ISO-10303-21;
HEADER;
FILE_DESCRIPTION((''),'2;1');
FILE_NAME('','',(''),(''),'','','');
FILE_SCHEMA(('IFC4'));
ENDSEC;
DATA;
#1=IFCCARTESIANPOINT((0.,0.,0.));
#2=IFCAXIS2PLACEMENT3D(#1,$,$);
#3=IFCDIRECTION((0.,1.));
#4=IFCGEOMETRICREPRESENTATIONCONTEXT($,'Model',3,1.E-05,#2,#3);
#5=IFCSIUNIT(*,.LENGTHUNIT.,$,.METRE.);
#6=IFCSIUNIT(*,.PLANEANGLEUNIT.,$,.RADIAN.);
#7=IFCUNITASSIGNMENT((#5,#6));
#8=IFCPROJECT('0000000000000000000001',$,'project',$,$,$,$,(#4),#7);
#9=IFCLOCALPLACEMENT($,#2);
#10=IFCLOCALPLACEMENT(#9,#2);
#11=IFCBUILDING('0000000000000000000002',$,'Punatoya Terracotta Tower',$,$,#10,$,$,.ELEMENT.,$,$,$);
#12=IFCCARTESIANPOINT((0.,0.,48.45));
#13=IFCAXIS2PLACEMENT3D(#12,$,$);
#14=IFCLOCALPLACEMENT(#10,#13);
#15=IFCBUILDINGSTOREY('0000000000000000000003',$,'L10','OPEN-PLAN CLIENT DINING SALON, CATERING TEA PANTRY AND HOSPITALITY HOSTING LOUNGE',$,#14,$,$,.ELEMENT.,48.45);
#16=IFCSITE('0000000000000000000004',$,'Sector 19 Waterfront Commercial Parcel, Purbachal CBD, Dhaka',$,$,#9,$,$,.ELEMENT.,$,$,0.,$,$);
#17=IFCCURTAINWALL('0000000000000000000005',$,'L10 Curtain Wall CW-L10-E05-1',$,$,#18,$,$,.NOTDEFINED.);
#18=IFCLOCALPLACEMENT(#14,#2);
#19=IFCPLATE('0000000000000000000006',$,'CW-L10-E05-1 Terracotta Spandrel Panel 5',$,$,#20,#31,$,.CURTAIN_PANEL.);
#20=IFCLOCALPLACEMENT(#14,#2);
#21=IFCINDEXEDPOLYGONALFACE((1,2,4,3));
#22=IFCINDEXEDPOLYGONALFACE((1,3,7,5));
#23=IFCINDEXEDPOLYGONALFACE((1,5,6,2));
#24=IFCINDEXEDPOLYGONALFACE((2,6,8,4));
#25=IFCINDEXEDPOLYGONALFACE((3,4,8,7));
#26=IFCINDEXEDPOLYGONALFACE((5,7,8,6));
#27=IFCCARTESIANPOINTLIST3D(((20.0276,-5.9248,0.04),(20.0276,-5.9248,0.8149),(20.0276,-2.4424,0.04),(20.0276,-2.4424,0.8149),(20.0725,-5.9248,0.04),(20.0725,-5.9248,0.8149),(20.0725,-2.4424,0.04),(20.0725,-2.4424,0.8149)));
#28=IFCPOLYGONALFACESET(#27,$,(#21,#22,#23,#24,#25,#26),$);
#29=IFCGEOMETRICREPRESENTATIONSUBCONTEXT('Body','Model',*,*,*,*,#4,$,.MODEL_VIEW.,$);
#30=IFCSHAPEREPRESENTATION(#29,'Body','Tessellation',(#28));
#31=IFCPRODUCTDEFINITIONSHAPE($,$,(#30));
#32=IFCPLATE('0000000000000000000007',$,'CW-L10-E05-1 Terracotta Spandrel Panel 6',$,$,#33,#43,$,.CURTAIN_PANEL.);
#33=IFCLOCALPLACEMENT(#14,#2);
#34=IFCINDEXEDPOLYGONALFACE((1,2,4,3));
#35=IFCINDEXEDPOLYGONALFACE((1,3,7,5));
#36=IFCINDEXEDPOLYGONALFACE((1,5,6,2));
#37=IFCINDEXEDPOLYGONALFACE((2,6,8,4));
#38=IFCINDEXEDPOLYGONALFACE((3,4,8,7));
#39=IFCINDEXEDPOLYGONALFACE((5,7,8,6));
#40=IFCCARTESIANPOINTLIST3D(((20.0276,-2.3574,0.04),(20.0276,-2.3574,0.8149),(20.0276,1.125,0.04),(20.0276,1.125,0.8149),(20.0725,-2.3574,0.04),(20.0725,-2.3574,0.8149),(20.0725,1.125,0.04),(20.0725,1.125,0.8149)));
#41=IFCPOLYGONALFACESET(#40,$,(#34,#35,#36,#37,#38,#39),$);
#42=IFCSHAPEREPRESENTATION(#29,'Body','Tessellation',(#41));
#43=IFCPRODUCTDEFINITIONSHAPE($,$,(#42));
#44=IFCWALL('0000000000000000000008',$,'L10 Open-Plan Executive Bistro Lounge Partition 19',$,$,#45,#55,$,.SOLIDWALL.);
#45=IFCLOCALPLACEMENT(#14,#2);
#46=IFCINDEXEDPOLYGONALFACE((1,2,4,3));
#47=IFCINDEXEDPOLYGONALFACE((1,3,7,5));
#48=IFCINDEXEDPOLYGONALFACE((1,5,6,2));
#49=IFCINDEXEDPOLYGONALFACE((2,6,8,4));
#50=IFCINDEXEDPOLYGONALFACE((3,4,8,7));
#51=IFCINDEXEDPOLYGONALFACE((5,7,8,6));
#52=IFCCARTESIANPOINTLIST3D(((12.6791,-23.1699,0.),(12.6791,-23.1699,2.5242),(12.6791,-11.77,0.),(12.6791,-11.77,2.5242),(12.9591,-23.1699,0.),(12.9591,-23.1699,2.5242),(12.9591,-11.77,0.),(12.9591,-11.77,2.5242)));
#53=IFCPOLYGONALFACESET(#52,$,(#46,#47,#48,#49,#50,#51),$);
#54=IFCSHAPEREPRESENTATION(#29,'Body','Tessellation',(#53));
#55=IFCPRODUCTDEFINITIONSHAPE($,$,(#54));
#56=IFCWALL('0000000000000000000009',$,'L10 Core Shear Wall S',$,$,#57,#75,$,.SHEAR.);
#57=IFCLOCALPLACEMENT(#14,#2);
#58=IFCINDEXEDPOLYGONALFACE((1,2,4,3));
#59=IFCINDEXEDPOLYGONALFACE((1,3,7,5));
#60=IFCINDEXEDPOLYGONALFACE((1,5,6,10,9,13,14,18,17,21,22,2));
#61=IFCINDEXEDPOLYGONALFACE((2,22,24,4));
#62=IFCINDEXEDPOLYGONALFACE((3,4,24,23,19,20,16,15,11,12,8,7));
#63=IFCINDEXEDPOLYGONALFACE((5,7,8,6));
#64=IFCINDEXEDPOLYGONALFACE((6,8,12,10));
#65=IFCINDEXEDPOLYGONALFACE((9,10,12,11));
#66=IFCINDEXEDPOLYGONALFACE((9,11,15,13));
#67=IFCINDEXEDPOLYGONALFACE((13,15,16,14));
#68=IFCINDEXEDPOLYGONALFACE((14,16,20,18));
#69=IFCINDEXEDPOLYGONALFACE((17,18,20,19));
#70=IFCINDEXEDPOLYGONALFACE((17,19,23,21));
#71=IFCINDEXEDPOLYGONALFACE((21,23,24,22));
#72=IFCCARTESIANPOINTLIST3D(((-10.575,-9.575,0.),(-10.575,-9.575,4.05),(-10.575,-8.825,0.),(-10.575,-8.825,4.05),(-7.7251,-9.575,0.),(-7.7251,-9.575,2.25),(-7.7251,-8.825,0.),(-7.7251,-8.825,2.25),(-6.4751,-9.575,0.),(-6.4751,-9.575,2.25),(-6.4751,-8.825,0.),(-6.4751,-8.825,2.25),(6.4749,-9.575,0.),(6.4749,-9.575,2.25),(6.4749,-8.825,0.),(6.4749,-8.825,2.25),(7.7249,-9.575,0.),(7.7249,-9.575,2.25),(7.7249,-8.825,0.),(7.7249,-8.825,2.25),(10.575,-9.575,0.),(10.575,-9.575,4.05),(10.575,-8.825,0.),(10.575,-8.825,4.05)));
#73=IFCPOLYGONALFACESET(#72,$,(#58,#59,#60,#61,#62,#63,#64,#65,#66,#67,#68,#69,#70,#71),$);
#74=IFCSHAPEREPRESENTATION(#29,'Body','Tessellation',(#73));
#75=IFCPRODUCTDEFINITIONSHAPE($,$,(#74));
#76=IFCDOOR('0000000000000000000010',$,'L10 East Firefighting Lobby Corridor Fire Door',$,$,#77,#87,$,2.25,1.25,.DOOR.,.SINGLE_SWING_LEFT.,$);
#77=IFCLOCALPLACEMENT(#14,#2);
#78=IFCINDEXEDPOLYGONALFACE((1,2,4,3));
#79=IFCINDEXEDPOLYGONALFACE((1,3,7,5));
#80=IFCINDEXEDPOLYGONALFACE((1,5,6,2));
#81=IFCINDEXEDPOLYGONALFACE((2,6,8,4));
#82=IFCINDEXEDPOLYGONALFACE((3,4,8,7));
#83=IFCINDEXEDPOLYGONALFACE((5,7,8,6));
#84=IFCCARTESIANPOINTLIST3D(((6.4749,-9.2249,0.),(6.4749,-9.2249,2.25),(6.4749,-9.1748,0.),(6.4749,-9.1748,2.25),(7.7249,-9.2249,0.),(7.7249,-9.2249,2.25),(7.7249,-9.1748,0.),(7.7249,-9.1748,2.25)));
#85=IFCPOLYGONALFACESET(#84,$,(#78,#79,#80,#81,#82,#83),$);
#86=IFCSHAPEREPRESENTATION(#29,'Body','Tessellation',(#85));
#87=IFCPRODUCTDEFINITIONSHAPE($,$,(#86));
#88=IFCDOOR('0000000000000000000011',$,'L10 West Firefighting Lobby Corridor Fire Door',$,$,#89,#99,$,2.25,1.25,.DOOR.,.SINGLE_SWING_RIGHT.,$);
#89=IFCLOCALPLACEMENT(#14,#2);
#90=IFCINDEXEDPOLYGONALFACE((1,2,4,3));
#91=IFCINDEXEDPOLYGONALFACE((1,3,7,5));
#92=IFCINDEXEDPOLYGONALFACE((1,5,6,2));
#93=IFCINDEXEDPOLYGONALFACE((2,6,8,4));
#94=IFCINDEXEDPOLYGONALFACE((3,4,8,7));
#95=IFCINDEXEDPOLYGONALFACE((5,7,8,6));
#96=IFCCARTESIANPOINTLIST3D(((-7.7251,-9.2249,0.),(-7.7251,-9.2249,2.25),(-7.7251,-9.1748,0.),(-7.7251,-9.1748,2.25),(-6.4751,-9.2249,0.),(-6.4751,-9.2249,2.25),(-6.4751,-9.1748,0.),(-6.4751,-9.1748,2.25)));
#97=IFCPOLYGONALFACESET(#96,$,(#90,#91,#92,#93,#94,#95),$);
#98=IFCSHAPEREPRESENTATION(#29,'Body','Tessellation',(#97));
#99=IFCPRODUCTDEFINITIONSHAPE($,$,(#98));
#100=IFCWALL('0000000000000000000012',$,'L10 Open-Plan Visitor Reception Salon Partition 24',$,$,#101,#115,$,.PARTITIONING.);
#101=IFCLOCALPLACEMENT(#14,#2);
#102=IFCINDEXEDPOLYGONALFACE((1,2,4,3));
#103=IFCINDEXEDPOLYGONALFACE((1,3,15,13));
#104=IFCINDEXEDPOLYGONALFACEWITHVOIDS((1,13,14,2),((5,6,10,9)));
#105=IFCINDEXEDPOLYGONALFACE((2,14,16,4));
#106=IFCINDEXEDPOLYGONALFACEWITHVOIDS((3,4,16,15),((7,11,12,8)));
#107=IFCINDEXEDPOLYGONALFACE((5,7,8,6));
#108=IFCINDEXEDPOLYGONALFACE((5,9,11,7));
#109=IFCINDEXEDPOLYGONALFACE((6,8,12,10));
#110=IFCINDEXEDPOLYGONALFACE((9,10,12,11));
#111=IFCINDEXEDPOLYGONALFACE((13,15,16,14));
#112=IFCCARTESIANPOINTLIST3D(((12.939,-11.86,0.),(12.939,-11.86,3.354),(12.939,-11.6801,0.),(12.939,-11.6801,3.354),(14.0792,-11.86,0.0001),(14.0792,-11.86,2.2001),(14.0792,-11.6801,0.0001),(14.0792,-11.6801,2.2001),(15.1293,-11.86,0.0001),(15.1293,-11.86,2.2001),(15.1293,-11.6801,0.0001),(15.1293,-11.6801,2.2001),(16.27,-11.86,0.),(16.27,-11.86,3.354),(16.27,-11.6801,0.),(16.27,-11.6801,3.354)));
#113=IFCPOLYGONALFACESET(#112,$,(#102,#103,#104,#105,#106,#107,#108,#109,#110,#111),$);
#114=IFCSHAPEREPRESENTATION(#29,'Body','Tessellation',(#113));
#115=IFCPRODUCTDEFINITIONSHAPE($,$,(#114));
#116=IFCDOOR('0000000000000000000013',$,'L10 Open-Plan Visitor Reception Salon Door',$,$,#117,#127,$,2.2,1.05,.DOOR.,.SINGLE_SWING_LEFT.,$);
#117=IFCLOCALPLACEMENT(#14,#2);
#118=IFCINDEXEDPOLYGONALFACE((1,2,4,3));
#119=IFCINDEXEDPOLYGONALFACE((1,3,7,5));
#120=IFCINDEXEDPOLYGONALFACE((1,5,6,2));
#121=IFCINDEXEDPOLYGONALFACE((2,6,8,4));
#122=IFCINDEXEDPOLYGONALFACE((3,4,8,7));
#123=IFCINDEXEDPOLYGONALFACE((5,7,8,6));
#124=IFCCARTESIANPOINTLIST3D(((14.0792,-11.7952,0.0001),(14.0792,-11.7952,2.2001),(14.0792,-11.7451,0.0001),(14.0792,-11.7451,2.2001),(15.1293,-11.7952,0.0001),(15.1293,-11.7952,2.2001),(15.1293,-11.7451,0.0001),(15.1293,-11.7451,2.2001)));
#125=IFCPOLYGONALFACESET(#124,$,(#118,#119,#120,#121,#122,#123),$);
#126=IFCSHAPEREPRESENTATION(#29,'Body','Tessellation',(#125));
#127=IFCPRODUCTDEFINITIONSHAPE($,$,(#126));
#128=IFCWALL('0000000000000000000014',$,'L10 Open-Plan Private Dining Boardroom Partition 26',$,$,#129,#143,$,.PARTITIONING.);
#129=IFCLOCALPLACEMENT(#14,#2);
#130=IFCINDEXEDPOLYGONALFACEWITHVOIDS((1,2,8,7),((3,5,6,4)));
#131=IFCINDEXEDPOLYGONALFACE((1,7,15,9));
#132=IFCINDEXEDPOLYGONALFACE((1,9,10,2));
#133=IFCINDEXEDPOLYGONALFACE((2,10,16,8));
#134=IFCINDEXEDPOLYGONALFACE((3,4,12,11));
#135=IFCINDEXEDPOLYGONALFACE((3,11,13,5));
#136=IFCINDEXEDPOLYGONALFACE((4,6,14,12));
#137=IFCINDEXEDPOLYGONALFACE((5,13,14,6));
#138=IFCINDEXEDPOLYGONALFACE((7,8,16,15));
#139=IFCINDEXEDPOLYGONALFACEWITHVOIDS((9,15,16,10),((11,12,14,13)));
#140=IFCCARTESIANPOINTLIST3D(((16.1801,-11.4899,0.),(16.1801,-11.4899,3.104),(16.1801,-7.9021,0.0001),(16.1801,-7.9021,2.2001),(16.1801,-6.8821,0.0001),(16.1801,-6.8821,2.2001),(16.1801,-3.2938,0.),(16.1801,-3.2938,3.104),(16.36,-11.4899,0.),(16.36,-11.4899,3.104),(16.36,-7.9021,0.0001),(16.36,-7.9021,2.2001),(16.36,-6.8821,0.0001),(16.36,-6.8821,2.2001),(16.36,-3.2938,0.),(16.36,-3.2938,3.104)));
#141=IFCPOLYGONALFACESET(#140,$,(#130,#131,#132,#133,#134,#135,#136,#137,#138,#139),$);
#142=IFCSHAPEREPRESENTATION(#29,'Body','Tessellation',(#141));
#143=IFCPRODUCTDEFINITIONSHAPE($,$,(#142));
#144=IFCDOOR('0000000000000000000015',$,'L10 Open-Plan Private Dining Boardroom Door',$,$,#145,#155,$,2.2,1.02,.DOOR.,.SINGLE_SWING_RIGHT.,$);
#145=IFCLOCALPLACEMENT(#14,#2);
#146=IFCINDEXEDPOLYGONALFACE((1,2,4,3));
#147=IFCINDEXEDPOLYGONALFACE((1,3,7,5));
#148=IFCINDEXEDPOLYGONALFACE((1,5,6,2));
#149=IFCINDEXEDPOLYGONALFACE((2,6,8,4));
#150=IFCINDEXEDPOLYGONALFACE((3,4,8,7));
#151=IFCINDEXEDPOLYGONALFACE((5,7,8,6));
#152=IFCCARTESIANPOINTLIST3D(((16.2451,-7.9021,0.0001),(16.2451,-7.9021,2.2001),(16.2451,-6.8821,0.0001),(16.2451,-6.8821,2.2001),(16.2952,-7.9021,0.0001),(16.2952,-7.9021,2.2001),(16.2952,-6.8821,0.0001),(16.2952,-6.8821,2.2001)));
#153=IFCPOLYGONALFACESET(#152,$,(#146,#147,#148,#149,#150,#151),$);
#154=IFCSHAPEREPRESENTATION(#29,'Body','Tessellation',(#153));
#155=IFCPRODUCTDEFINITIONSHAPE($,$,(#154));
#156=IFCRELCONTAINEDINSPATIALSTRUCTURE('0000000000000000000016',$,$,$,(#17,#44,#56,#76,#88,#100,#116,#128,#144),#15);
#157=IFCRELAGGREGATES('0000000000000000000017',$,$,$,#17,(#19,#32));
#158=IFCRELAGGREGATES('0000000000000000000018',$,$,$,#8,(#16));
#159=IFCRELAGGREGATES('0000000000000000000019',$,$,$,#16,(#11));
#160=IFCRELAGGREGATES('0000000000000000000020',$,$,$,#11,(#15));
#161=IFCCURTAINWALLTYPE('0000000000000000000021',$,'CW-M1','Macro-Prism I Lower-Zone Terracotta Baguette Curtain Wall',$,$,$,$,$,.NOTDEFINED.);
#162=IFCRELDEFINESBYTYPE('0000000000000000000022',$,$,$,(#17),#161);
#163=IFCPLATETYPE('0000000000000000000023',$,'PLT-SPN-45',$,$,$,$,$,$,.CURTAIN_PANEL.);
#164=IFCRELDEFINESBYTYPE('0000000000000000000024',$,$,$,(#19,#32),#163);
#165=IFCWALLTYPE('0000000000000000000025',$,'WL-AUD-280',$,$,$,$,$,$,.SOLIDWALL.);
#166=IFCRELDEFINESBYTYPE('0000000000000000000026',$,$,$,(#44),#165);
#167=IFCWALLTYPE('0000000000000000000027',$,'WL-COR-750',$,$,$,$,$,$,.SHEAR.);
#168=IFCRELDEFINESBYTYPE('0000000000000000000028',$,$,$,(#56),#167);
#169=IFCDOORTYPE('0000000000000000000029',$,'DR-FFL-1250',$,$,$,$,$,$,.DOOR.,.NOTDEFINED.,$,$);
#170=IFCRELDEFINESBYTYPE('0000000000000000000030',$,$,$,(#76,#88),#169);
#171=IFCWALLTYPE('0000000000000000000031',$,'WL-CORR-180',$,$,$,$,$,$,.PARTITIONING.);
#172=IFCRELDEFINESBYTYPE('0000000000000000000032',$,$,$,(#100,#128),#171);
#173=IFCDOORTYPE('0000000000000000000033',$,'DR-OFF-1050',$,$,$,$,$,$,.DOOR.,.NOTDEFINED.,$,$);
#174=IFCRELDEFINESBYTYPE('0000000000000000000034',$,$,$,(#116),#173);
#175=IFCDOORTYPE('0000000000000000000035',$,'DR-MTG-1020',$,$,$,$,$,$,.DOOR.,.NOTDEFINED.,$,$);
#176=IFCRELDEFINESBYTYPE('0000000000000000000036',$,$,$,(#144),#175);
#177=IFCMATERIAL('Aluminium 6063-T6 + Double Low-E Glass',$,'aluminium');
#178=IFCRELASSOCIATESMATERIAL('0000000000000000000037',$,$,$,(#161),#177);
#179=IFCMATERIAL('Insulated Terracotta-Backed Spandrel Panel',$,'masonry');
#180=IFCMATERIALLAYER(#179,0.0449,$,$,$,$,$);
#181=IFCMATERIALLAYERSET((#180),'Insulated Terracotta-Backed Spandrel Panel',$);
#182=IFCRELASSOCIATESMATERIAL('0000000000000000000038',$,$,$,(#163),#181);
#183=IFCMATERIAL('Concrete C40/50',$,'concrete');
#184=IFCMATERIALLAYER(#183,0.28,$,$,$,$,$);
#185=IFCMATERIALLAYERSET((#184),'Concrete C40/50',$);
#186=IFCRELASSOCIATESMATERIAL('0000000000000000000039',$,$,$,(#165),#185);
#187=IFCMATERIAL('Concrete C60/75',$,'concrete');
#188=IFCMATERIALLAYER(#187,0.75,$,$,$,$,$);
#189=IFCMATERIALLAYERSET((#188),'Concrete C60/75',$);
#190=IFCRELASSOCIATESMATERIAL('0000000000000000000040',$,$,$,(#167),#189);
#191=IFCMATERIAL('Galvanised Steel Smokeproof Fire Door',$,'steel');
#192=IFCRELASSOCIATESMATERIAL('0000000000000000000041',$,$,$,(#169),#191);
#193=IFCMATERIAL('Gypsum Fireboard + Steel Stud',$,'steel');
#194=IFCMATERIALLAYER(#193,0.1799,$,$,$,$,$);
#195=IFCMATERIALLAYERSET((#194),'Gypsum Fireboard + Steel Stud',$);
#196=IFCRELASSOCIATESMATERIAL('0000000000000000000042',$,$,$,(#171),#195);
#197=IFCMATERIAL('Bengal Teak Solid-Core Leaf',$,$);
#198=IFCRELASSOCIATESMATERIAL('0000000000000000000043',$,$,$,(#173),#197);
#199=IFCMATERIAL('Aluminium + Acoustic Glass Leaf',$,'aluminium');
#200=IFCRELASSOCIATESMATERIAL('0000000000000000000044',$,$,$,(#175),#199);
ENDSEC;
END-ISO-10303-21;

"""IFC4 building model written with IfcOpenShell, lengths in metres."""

from ifc_helpers import new_model, si_unit, direction, frame, frame_2d, origin, origin_2d, place, context, subcontext, project, spatial, rectangle, extrude, material, layer, layer_set, type_object, element, fill, aggregate, save


model = new_model("IFC4")

# Units and contexts
model_context = context("Model", 3, precision=1e-05, world=origin(), true_north=direction((0.0, 1.0)))
body_context = subcontext(model_context, "Body", "Model", "MODEL_VIEW")
ifc_project = project(units=[si_unit("LENGTHUNIT", "METRE"), si_unit("PLANEANGLEUNIT", "RADIAN")], contexts=[model_context])

# Site, building, storey
site_placement = place(None, origin())
site = spatial("IfcSite", under=ifc_project, at=site_placement, Name="Sector 19 Waterfront Commercial Parcel, Purbachal CBD, Dhaka", CompositionType="ELEMENT", RefElevation=0.0)
building_placement = place(site_placement, origin())
building = spatial("IfcBuilding", under=site, at=building_placement, Name="Punatoya Terracotta Tower", CompositionType="ELEMENT")
storey_placement = place(building_placement, frame((0.0, 0.0, 48.45)))
storey = spatial("IfcBuildingStorey", under=building, at=storey_placement, Name="L10", Description="OPEN-PLAN CLIENT DINING SALON, CATERING TEA PANTRY AND HOSPITALITY HOSTING LOUNGE", CompositionType="ELEMENT", Elevation=48.45)

# Curtain wall, plates
ifc_material_1 = material(Name="Aluminium 6063-T6 + Double Low-E Glass", Category="aluminium")
curtain_wall_type = type_object("IfcCurtainWallType", Name="CW-M1", Description="Macro-Prism I Lower-Zone Terracotta Baguette Curtain Wall", PredefinedType="NOTDEFINED", material=ifc_material_1)
curtain_wall_placement = place(storey_placement, origin())
curtain_wall = element("IfcCurtainWall", 1, at=curtain_wall_placement, inside=storey, type_object=curtain_wall_type, Name="L10 Curtain Wall CW-L10-E05-1", PredefinedType="NOTDEFINED")
ifc_material_2 = material(Name="Insulated Terracotta-Backed Spandrel Panel", Category="masonry")
ifc_layer_1 = layer(ifc_material_2, 0.0449)
ifc_layer_set_1 = layer_set([ifc_layer_1], Name="Insulated Terracotta-Backed Spandrel Panel")
plate_type_1 = type_object("IfcPlateType", Name="PLT-SPN-45", PredefinedType="CURTAIN_PANEL", material=ifc_layer_set_1)
plate_1_placement = place(storey_placement, frame((20.05, -4.1836, 0.04), z_axis=(0.0, 0.0, 1.0), x_axis=(0.0, 1.0, 0.0)))
plate_1 = element("IfcPlate", 2, at=plate_1_placement, type_object=plate_type_1, Name="CW-L10-E05-1 Terracotta Spandrel Panel 5", PredefinedType="CURTAIN_PANEL", context=body_context, shape_type="SweptSolid", body=[
    extrude(rectangle(XDim=3.4824, YDim=0.0449, at=origin_2d()), origin(), (0.0, 0.0, 1.0), 0.7749),
])
plate_2_placement = place(storey_placement, frame((20.05, -0.6162, 0.04), z_axis=(0.0, 0.0, 1.0), x_axis=(0.0, 1.0, 0.0)))
plate_2 = element("IfcPlate", 3, at=plate_2_placement, type_object=plate_type_1, Name="CW-L10-E05-1 Terracotta Spandrel Panel 6", PredefinedType="CURTAIN_PANEL", context=body_context, shape_type="SweptSolid", body=[
    extrude(rectangle(XDim=3.4824, YDim=0.0449, at=origin_2d()), origin(), (0.0, 0.0, 1.0), 0.7749),
])
aggregate(curtain_wall, [plate_1, plate_2])

# Wall
ifc_material_3 = material(Name="Concrete C40/50", Category="concrete")
ifc_layer_2 = layer(ifc_material_3, 0.28)
ifc_layer_set_2 = layer_set([ifc_layer_2], Name="Concrete C40/50")
wall_type_1 = type_object("IfcWallType", Name="WL-AUD-280", PredefinedType="SOLIDWALL", material=ifc_layer_set_2)
wall_1_placement = place(storey_placement, frame((12.8191, -11.77, 0.0), z_axis=(0.0, 0.0, 1.0), x_axis=(0.0, -1.0, 0.0)))
element("IfcWall", 4, at=wall_1_placement, inside=storey, type_object=wall_type_1, Name="L10 Open-Plan Executive Bistro Lounge Partition 19", PredefinedType="SOLIDWALL", context=body_context, shape_type="SweptSolid", body=[
    extrude(rectangle(XDim=11.3999, YDim=0.28, at=frame_2d((5.7, 0.0))), origin(), (0.0, 0.0, 1.0), 2.5242),
])

# Wall, openings, doors
ifc_material_4 = material(Name="Concrete C60/75", Category="concrete")
ifc_layer_3 = layer(ifc_material_4, 0.75)
ifc_layer_set_3 = layer_set([ifc_layer_3], Name="Concrete C60/75")
wall_type_2 = type_object("IfcWallType", Name="WL-COR-750", PredefinedType="SHEAR", material=ifc_layer_set_3)
wall_2_placement = place(storey_placement, frame((10.575, -9.2, 0.0), z_axis=(0.0, 0.0, 1.0), x_axis=(-1.0, 0.0, 0.0)))
wall_2 = element("IfcWall", 5, at=wall_2_placement, inside=storey, type_object=wall_type_2, Name="L10 Core Shear Wall S", PredefinedType="SHEAR", context=body_context, shape_type="SweptSolid", body=[
    extrude(rectangle(XDim=21.1499, YDim=0.75, at=frame_2d((10.575, 0.0))), origin(), (0.0, 0.0, 1.0), 4.05),
])
opening_1_placement = place(wall_2_placement, frame((2.8501, 0.0, 0.0)))
opening_1 = element("IfcOpeningElement", 6, at=opening_1_placement, cuts=wall_2, PredefinedType="OPENING", context=body_context, shape_type="SweptSolid", body=[
    extrude(rectangle(XDim=1.25, YDim=2.25, at=frame_2d((0.625, 1.125))), frame((0.0, 0.385, 0.0), z_axis=(0.0, -1.0, 0.0), x_axis=(1.0, 0.0, 0.0)), (0.0, 0.0, 1.0), 0.77),
])
opening_2_placement = place(wall_2_placement, frame((17.05, 0.0, 0.0)))
opening_2 = element("IfcOpeningElement", 7, at=opening_2_placement, cuts=wall_2, PredefinedType="OPENING", context=body_context, shape_type="SweptSolid", body=[
    extrude(rectangle(XDim=1.25, YDim=2.25, at=frame_2d((0.625, 1.125))), frame((0.0, 0.385, 0.0), z_axis=(0.0, -1.0, 0.0), x_axis=(1.0, 0.0, 0.0)), (0.0, 0.0, 1.0), 0.77),
])
ifc_material_5 = material(Name="Galvanised Steel Smokeproof Fire Door", Category="steel")
door_type_1 = type_object("IfcDoorType", Name="DR-FFL-1250", OperationType="NOTDEFINED", PredefinedType="DOOR", material=ifc_material_5)
door_1_placement = place(opening_1_placement, origin())
door_1 = element("IfcDoor", 8, at=door_1_placement, inside=storey, type_object=door_type_1, Name="L10 East Firefighting Lobby Corridor Fire Door", OperationType="SINGLE_SWING_LEFT", OverallHeight=2.25, OverallWidth=1.25, PredefinedType="DOOR", context=body_context, shape_type="SweptSolid", body=[
    extrude(rectangle(XDim=1.25, YDim=2.25, at=frame_2d((0.625, 1.125))), frame((0.0, 0.0249, 0.0), z_axis=(0.0, -1.0, 0.0), x_axis=(1.0, 0.0, 0.0)), (0.0, 0.0, 1.0), 0.05),
])
fill(opening_1, door_1)
door_2_placement = place(opening_2_placement, origin())
door_2 = element("IfcDoor", 9, at=door_2_placement, inside=storey, type_object=door_type_1, Name="L10 West Firefighting Lobby Corridor Fire Door", OperationType="SINGLE_SWING_RIGHT", OverallHeight=2.25, OverallWidth=1.25, PredefinedType="DOOR", context=body_context, shape_type="SweptSolid", body=[
    extrude(rectangle(XDim=1.25, YDim=2.25, at=frame_2d((0.625, 1.125))), frame((0.0, 0.0249, 0.0), z_axis=(0.0, -1.0, 0.0), x_axis=(1.0, 0.0, 0.0)), (0.0, 0.0, 1.0), 0.05),
])
fill(opening_2, door_2)

# Walls, openings, doors
ifc_material_6 = material(Name="Gypsum Fireboard + Steel Stud", Category="steel")
ifc_layer_4 = layer(ifc_material_6, 0.1799)
ifc_layer_set_4 = layer_set([ifc_layer_4], Name="Gypsum Fireboard + Steel Stud")
wall_type_3 = type_object("IfcWallType", Name="WL-CORR-180", PredefinedType="PARTITIONING", material=ifc_layer_set_4)
wall_3_placement = place(storey_placement, frame((12.939, -11.77, 0.0), z_axis=(0.0, 0.0, 1.0), x_axis=(1.0, 0.0, 0.0)))
wall_3 = element("IfcWall", 10, at=wall_3_placement, inside=storey, type_object=wall_type_3, Name="L10 Open-Plan Visitor Reception Salon Partition 24", PredefinedType="PARTITIONING", context=body_context, shape_type="SweptSolid", body=[
    extrude(rectangle(XDim=3.3311, YDim=0.1799, at=frame_2d((1.6655, 0.0))), origin(), (0.0, 0.0, 1.0), 3.354),
])
opening_3_placement = place(wall_3_placement, frame((1.1404, 0.0, 0.0)))
opening_3 = element("IfcOpeningElement", 11, at=opening_3_placement, cuts=wall_3, PredefinedType="OPENING", context=body_context, shape_type="SweptSolid", body=[
    extrude(rectangle(XDim=1.05, YDim=2.2, at=frame_2d((0.5249, 1.1001))), frame((0.0, 0.0999, 0.0), z_axis=(0.0, -1.0, 0.0), x_axis=(1.0, 0.0, 0.0)), (0.0, 0.0, 1.0), 0.2),
])
ifc_material_7 = material(Name="Bengal Teak Solid-Core Leaf")
door_type_2 = type_object("IfcDoorType", Name="DR-OFF-1050", OperationType="NOTDEFINED", PredefinedType="DOOR", material=ifc_material_7)
door_3_placement = place(opening_3_placement, origin())
door_3 = element("IfcDoor", 12, at=door_3_placement, inside=storey, type_object=door_type_2, Name="L10 Open-Plan Visitor Reception Salon Door", OperationType="SINGLE_SWING_LEFT", OverallHeight=2.2, OverallWidth=1.05, PredefinedType="DOOR", context=body_context, shape_type="SweptSolid", body=[
    extrude(rectangle(XDim=1.05, YDim=2.2, at=frame_2d((0.5249, 1.1001))), frame((0.0, 0.0249, 0.0), z_axis=(0.0, -1.0, 0.0), x_axis=(1.0, 0.0, 0.0)), (0.0, 0.0, 1.0), 0.05),
])
fill(opening_3, door_3)
wall_4_placement = place(storey_placement, frame((16.27, -11.49, 0.0), z_axis=(0.0, 0.0, 1.0), x_axis=(0.0, 1.0, 0.0)))
wall_4 = element("IfcWall", 13, at=wall_4_placement, inside=storey, type_object=wall_type_3, Name="L10 Open-Plan Private Dining Boardroom Partition 26", PredefinedType="PARTITIONING", context=body_context, shape_type="SweptSolid", body=[
    extrude(rectangle(XDim=8.196, YDim=0.1799, at=frame_2d((4.0981, 0.0))), origin(), (0.0, 0.0, 1.0), 3.104),
])
opening_4_placement = place(wall_4_placement, frame((3.5879, 0.0, 0.0)))
opening_4 = element("IfcOpeningElement", 14, at=opening_4_placement, cuts=wall_4, PredefinedType="OPENING", context=body_context, shape_type="SweptSolid", body=[
    extrude(rectangle(XDim=1.02, YDim=2.2, at=frame_2d((0.51, 1.1001))), frame((0.0, 0.0999, 0.0), z_axis=(0.0, -1.0, 0.0), x_axis=(1.0, 0.0, 0.0)), (0.0, 0.0, 1.0), 0.2),
])
ifc_material_8 = material(Name="Aluminium + Acoustic Glass Leaf", Category="aluminium")
door_type_3 = type_object("IfcDoorType", Name="DR-MTG-1020", OperationType="NOTDEFINED", PredefinedType="DOOR", material=ifc_material_8)
door_4_placement = place(opening_4_placement, origin())
door_4 = element("IfcDoor", 15, at=door_4_placement, inside=storey, type_object=door_type_3, Name="L10 Open-Plan Private Dining Boardroom Door", OperationType="SINGLE_SWING_RIGHT", OverallHeight=2.2, OverallWidth=1.02, PredefinedType="DOOR", context=body_context, shape_type="SweptSolid", body=[
    extrude(rectangle(XDim=1.02, YDim=2.2, at=frame_2d((0.51, 1.1001))), frame((0.0, 0.0249, 0.0), z_axis=(0.0, -1.0, 0.0), x_axis=(1.0, 0.0, 0.0)), (0.0, 0.0, 1.0), 0.05),
])
fill(opening_4, door_4)

save(model, "model.ifc")
